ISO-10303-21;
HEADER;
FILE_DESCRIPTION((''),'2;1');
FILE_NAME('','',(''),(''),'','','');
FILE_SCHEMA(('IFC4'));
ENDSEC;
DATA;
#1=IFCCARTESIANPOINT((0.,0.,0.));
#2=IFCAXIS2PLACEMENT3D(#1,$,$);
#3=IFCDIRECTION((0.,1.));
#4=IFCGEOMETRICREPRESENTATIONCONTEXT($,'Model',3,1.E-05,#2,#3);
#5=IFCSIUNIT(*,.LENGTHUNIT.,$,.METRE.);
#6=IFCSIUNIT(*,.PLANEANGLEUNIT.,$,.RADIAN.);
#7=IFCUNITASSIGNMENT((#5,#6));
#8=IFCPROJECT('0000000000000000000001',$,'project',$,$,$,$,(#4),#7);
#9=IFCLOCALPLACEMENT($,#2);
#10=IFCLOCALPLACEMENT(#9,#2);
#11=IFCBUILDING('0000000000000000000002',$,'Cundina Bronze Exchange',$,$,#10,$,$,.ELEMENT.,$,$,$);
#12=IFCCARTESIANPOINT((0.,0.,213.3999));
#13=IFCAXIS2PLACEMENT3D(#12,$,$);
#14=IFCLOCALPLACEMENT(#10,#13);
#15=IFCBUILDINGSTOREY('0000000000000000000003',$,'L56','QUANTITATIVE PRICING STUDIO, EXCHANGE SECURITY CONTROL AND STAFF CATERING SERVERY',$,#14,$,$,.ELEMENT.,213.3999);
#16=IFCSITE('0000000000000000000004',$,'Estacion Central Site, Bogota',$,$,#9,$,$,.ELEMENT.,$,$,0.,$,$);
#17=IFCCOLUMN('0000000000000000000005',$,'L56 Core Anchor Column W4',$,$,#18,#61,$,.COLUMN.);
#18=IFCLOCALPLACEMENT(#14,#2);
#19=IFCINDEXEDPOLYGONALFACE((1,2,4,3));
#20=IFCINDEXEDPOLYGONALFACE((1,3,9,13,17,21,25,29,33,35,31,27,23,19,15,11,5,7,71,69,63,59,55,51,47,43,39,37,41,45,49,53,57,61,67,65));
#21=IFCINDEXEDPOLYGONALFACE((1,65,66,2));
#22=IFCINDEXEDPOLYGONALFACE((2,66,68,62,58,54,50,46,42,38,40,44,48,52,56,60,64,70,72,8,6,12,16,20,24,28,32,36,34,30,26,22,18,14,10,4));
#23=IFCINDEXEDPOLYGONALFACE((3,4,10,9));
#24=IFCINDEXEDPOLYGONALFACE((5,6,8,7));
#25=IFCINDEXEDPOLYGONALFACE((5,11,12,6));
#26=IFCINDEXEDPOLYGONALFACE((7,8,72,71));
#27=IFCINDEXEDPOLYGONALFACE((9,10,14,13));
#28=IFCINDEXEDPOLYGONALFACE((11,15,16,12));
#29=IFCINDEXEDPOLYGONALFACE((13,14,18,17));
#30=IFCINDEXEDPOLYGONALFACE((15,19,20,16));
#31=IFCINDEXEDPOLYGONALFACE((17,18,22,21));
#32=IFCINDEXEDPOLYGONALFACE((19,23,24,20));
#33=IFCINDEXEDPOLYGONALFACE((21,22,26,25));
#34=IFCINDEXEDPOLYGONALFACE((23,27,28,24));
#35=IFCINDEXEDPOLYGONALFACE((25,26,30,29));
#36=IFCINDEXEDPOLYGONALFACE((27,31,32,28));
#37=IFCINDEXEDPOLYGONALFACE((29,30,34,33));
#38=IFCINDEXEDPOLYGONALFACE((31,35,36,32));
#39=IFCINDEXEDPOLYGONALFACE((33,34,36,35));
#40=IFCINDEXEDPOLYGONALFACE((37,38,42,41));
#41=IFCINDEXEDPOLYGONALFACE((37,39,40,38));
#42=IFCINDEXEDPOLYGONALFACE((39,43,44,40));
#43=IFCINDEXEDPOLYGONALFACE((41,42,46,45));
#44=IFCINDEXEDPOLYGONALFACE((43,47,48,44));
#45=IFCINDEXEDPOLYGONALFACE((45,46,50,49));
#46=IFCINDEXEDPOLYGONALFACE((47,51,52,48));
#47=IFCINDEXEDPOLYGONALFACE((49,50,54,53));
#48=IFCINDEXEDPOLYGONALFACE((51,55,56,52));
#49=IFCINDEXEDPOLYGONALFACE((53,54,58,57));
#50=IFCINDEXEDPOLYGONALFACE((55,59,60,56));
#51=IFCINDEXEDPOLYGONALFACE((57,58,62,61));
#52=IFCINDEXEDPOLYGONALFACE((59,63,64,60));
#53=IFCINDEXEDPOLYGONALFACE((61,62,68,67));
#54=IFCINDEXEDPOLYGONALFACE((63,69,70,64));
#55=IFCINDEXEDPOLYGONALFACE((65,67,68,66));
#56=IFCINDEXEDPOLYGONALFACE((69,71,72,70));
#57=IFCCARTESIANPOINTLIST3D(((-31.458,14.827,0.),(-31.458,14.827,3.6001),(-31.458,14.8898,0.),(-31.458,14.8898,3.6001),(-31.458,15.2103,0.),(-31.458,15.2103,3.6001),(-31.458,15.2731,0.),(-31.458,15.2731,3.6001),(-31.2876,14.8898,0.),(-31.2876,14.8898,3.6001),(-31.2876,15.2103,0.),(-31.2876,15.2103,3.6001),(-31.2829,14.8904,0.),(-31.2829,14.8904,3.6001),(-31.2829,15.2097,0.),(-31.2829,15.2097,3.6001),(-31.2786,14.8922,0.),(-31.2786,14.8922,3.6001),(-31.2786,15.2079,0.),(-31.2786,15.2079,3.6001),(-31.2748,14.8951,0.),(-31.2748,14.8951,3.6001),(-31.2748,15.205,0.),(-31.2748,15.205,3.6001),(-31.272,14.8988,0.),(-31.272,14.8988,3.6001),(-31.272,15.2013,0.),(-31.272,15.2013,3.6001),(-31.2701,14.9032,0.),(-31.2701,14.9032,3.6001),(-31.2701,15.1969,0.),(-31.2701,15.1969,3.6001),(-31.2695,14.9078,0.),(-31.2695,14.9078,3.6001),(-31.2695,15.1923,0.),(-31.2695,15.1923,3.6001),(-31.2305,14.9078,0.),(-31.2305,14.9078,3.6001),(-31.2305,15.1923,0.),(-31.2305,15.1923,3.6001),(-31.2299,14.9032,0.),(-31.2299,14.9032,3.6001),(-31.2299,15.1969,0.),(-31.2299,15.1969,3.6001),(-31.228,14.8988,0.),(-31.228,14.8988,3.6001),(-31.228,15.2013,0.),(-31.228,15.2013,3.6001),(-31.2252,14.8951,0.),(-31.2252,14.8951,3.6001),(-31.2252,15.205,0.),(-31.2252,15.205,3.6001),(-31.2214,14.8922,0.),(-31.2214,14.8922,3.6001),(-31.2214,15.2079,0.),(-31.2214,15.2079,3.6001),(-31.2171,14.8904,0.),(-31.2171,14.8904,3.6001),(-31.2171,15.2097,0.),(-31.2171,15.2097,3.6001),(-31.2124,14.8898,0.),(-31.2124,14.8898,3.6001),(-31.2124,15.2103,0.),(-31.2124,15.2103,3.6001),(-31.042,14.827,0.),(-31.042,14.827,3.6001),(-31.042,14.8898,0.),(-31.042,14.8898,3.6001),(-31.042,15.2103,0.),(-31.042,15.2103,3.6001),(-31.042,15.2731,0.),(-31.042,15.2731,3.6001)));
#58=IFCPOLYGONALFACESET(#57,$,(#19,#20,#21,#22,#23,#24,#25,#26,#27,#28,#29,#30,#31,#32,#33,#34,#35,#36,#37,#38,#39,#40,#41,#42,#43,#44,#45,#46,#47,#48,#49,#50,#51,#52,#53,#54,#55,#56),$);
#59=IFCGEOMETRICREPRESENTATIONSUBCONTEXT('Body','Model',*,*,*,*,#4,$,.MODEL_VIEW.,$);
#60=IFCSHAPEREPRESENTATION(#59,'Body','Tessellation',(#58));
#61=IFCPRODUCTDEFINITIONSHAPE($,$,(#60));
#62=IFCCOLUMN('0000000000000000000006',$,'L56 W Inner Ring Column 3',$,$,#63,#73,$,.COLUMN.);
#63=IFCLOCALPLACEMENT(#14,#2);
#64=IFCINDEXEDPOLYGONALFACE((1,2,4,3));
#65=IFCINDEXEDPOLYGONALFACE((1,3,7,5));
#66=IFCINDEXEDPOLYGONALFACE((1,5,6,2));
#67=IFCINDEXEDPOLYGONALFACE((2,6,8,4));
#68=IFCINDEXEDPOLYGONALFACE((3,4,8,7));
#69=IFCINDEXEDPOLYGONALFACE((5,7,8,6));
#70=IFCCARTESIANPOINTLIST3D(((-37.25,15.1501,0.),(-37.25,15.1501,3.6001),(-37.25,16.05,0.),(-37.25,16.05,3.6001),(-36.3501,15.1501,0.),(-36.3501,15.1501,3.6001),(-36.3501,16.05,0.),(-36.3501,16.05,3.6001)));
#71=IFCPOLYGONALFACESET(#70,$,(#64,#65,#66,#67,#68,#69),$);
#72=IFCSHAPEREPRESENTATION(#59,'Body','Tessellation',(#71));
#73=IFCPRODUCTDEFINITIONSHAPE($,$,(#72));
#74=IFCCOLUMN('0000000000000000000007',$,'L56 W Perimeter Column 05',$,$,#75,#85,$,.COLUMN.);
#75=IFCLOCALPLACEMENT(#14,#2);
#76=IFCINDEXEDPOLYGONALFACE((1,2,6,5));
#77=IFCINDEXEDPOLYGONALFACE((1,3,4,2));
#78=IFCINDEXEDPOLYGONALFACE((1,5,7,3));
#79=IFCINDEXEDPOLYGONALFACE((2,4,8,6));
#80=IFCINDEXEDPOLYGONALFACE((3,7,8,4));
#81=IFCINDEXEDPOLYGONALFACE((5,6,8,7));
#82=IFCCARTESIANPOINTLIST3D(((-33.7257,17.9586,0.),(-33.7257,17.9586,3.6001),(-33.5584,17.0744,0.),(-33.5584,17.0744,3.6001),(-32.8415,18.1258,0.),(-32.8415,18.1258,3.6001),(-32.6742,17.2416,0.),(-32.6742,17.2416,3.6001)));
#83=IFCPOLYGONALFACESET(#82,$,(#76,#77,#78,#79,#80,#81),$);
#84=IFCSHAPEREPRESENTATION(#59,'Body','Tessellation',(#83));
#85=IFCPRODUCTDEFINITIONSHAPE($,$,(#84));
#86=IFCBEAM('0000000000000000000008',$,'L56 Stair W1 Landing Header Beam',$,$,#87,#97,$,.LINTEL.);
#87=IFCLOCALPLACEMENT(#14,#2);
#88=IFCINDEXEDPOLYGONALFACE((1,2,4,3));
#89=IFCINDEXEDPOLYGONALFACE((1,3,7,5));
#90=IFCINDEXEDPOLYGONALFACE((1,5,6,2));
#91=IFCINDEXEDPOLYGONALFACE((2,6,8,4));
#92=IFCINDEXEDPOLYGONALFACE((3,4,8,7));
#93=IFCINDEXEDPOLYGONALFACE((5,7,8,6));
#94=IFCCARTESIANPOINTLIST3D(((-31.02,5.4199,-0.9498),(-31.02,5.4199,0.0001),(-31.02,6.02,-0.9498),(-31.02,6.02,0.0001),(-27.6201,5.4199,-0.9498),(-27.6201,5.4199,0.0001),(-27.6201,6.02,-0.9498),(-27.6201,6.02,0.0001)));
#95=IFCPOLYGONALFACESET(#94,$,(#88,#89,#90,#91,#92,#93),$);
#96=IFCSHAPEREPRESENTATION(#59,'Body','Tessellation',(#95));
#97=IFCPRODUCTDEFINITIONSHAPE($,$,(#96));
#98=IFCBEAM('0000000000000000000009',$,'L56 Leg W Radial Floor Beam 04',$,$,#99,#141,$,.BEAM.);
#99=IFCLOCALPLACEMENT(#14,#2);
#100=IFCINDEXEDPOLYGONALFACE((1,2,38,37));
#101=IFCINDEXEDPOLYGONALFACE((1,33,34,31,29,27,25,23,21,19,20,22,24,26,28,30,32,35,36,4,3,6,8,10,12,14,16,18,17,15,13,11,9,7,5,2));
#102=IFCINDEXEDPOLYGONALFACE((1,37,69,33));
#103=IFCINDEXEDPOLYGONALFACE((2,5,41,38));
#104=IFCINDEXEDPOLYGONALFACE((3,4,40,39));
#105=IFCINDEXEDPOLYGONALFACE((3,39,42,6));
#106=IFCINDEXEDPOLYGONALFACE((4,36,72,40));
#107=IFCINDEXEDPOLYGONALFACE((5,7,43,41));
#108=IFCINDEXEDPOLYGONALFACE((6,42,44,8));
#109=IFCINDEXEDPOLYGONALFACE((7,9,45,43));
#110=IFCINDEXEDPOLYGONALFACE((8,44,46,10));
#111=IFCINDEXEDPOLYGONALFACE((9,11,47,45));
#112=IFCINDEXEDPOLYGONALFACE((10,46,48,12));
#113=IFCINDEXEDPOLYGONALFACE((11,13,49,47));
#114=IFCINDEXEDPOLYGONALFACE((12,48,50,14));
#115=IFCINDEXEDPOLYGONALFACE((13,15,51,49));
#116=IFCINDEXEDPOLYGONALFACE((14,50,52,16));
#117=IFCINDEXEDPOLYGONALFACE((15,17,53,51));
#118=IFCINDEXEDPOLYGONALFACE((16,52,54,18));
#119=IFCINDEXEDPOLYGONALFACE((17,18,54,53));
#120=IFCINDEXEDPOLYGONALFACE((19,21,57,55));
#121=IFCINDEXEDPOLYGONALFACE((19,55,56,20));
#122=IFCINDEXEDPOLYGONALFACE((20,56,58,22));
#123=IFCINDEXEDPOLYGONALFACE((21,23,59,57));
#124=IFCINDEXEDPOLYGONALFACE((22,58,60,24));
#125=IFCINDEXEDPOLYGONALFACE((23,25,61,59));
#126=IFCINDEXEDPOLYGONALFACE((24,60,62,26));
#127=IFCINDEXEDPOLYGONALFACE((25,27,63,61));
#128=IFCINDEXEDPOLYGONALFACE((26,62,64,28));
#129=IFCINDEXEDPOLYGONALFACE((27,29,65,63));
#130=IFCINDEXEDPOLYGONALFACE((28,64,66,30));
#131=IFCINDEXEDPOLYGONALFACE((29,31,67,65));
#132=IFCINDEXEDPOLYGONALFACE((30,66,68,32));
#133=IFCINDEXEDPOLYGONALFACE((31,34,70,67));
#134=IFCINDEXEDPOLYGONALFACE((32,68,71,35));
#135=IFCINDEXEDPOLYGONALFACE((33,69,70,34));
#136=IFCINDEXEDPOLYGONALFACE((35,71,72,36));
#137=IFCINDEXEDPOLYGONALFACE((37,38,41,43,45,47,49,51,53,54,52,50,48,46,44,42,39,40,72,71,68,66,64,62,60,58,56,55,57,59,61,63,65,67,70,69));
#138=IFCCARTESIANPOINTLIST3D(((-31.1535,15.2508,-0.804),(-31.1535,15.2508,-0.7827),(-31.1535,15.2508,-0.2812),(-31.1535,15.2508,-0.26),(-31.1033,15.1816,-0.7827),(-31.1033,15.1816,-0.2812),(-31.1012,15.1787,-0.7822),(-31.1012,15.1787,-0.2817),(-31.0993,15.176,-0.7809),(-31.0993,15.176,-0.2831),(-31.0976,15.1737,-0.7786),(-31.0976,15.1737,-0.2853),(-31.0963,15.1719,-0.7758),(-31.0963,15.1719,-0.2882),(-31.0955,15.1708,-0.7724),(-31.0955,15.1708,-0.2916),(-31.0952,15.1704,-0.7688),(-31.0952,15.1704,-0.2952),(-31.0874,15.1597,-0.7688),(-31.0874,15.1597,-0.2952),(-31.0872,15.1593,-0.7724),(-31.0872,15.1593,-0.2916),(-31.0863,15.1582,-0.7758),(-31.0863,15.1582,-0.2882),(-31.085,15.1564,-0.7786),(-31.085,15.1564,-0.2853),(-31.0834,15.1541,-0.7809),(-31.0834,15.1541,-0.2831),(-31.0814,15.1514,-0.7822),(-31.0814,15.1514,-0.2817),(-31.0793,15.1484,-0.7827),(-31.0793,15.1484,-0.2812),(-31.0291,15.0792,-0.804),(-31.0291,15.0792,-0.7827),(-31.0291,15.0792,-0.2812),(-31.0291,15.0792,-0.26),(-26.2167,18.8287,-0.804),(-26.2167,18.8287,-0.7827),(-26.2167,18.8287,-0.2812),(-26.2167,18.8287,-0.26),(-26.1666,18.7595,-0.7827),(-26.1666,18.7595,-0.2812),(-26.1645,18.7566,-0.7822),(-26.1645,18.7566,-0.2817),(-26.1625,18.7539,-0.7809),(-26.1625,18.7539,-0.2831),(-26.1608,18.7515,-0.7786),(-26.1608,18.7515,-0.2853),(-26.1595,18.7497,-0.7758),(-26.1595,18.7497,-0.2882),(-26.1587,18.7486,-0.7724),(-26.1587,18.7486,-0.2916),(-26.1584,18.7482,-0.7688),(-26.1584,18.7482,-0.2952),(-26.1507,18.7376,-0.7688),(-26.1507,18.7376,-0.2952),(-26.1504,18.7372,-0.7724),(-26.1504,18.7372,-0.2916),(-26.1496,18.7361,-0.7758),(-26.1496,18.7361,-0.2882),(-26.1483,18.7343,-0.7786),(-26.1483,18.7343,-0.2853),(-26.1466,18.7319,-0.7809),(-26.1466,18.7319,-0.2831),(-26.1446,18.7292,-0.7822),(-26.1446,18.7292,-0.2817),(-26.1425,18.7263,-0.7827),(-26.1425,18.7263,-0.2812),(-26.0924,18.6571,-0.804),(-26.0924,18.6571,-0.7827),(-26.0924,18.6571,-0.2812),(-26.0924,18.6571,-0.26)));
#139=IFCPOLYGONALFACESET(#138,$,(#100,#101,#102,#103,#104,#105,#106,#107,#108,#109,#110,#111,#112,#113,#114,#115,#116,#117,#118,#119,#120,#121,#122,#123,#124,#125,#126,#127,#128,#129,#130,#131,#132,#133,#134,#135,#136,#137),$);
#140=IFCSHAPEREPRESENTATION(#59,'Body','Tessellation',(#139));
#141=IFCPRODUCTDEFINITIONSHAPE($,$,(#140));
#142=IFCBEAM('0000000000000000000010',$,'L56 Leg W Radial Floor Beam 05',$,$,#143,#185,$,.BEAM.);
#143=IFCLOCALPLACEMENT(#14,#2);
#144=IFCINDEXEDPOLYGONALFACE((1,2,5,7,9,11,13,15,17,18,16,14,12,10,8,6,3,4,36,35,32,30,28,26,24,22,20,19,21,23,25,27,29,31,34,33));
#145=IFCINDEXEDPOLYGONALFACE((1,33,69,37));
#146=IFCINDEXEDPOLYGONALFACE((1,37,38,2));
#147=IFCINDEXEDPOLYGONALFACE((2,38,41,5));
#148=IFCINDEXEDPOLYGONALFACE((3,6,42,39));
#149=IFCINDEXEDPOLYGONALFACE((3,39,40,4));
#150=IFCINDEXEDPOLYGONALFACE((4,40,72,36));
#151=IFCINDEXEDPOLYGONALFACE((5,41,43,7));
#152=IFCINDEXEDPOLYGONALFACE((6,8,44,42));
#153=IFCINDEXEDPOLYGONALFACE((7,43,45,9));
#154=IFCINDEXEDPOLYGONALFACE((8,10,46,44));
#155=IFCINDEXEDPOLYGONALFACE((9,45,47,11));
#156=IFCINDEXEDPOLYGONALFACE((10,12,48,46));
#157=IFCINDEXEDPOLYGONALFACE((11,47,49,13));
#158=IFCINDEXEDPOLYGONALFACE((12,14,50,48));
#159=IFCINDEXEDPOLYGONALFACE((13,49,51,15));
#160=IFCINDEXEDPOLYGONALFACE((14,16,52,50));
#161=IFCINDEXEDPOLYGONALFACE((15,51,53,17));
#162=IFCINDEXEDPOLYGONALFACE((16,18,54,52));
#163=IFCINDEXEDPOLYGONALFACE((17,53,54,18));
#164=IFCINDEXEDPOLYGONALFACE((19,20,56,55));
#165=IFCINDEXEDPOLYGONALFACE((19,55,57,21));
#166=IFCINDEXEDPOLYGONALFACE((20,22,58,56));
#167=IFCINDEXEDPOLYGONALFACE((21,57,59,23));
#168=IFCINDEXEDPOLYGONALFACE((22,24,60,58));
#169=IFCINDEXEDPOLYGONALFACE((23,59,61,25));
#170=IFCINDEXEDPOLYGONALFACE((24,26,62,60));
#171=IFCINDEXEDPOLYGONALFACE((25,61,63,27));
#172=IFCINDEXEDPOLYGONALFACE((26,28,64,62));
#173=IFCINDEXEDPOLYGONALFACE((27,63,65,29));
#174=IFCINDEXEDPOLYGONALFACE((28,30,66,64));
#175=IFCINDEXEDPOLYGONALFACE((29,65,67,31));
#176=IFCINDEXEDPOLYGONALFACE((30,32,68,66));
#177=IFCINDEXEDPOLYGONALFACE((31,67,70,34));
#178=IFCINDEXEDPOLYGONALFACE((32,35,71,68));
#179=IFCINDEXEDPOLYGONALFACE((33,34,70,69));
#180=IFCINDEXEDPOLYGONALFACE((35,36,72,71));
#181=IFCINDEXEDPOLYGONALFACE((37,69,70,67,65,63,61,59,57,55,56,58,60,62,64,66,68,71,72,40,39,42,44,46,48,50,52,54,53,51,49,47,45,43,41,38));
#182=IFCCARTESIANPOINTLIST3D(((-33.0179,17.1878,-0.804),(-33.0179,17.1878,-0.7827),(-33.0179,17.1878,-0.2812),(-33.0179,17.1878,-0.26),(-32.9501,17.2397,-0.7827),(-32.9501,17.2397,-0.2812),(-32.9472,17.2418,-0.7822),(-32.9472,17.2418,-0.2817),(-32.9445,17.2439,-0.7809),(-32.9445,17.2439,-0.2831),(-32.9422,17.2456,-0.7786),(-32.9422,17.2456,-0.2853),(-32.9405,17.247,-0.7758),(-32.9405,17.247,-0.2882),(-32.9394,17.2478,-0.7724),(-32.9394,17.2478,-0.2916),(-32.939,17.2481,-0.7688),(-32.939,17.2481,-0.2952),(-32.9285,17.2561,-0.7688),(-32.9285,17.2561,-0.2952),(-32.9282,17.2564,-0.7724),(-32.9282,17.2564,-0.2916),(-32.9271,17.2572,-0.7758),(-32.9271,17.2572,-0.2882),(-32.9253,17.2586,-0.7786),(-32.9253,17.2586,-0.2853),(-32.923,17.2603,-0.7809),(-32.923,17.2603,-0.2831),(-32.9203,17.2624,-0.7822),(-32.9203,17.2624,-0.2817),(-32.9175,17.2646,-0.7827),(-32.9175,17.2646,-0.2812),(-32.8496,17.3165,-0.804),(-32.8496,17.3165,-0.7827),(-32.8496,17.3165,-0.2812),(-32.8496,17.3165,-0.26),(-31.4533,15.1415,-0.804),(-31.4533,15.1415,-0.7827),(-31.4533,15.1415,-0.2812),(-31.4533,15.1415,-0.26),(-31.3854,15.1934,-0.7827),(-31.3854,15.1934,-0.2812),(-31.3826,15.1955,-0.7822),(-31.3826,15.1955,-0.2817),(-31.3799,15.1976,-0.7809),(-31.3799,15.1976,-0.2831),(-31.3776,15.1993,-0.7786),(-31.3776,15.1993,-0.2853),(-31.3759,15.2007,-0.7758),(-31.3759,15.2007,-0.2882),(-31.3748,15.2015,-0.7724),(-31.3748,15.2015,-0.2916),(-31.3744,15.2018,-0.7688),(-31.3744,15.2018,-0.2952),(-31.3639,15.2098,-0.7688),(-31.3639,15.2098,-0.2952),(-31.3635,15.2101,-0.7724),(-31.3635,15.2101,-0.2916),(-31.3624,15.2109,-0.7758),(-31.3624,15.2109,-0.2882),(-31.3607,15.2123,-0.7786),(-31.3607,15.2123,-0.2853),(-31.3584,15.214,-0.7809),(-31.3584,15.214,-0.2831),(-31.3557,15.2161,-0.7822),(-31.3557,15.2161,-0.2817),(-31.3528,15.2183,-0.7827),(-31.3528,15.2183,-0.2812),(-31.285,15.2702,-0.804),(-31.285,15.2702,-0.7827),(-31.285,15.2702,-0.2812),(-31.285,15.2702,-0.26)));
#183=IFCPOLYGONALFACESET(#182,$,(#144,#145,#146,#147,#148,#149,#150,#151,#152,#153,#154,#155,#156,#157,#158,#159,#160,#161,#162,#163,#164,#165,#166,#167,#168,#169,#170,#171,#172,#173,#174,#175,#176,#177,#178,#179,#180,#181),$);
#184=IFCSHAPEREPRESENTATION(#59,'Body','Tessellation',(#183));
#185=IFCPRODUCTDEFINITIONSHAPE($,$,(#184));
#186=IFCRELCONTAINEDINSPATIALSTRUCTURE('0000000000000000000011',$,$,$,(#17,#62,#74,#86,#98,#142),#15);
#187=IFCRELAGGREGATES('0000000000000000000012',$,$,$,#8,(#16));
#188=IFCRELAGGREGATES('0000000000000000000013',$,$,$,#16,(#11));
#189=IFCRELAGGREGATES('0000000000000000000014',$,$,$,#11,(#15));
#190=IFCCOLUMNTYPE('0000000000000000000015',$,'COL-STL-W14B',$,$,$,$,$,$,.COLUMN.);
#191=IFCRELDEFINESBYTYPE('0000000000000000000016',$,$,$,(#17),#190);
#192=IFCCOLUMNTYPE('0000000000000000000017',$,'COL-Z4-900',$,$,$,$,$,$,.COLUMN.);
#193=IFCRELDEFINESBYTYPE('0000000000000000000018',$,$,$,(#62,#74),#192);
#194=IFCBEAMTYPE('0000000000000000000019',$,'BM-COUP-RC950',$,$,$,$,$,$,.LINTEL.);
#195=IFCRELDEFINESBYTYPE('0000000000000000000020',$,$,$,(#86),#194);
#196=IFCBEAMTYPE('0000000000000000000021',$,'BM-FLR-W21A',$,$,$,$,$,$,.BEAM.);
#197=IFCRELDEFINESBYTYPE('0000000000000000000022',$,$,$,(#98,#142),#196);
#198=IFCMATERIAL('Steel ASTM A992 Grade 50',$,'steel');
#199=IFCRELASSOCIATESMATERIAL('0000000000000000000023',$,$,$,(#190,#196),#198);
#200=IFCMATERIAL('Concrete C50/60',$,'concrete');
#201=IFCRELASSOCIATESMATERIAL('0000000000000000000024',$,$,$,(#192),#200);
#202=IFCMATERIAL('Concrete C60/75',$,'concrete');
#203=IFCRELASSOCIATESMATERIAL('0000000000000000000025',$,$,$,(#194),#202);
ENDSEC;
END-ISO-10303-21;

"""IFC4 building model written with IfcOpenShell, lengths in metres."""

from ifc_helpers import new_model, si_unit, direction, frame, origin, origin_2d, place, context, subcontext, project, spatial, rectangle, i_section, extrude, material, material_profile, profile_set, type_object, element, save


model = new_model("IFC4")

# Units and contexts
model_context = context("Model", 3, precision=1e-05, world=origin(), true_north=direction((0.0, 1.0)))
body_context = subcontext(model_context, "Body", "Model", "MODEL_VIEW")
ifc_project = project(units=[si_unit("LENGTHUNIT", "METRE"), si_unit("PLANEANGLEUNIT", "RADIAN")], contexts=[model_context])

# Site, building, storey
site_placement = place(None, origin())
site = spatial("IfcSite", under=ifc_project, at=site_placement, Name="Estacion Central Site, Bogota", CompositionType="ELEMENT", RefElevation=0.0)
building_placement = place(site_placement, origin())
building = spatial("IfcBuilding", under=site, at=building_placement, Name="Cundina Bronze Exchange", CompositionType="ELEMENT")
storey_placement = place(building_placement, frame((0.0, 0.0, 213.3999)))
storey = spatial("IfcBuildingStorey", under=building, at=storey_placement, Name="L56", Description="QUANTITATIVE PRICING STUDIO, EXCHANGE SECURITY CONTROL AND STAFF CATERING SERVERY", CompositionType="ELEMENT", Elevation=213.3999)

# Columns
ifc_material_1 = material(Name="Steel ASTM A992 Grade 50", Category="steel")
ifc_material_profile_1 = material_profile(ifc_material_1, i_section(OverallWidth=0.416, OverallDepth=0.446, WebThickness=0.0391, FlangeThickness=0.0627, FilletRadius=0.0181, at=origin_2d()), Name="W14X342", Category="steel")
ifc_profile_set_1 = profile_set([ifc_material_profile_1], Name="Steel ASTM A992 Grade 50")
column_type_1 = type_object("IfcColumnType", Name="COL-STL-W14B", PredefinedType="COLUMN", material=ifc_profile_set_1)
column_placement = place(storey_placement, frame((-31.25, 15.05, 0.0), z_axis=(0.0, 0.0, 1.0), x_axis=(1.0, 0.0, 0.0)))
element("IfcColumn", 1, at=column_placement, inside=storey, type_object=column_type_1, Name="L56 Core Anchor Column W4", PredefinedType="COLUMN", context=body_context, shape_type="SweptSolid", body=[
    extrude(i_section(OverallWidth=0.416, OverallDepth=0.446, WebThickness=0.0391, FlangeThickness=0.0627, FilletRadius=0.0181, at=origin_2d()), origin(), (0.0, 0.0, 1.0), 3.6001),
])
ifc_material_2 = material(Name="Concrete C50/60", Category="concrete")
ifc_material_profile_2 = material_profile(ifc_material_2, rectangle(XDim=0.8999, YDim=0.8999, at=origin_2d()), Name="RC900X900", Category="concrete")
ifc_profile_set_2 = profile_set([ifc_material_profile_2], Name="Concrete C50/60")
column_type_2 = type_object("IfcColumnType", Name="COL-Z4-900", PredefinedType="COLUMN", material=ifc_profile_set_2)
for number, where, z_axis, x_axis, name in (
    (2, (-36.8, 15.6001, 0.0), (0.0, 0.0, 1.0), (1.0, 0.0, 0.0), "L56 W Inner Ring Column 3"),
    (3, (-33.2, 17.6001, 0.0), (0.0, 0.0, 1.0), (-0.98258, -0.185838, 0.0), "L56 W Perimeter Column 05"),
):
    element("IfcColumn", number, at=place(storey_placement, frame(where, z_axis=z_axis, x_axis=x_axis)), inside=storey, type_object=column_type_2, Name=name, PredefinedType="COLUMN", context=body_context, shape_type="SweptSolid", body=[
        extrude(rectangle(XDim=0.8999, YDim=0.8999, at=origin_2d()), origin(), (0.0, 0.0, 1.0), 3.6001),
    ])

# Beams
ifc_material_3 = material(Name="Concrete C60/75", Category="concrete")
ifc_material_profile_3 = material_profile(ifc_material_3, rectangle(XDim=0.6001, YDim=0.95, at=origin_2d()), Name="RC600X950", Category="concrete")
ifc_profile_set_3 = profile_set([ifc_material_profile_3], Name="Concrete C60/75")
beam_type_1 = type_object("IfcBeamType", Name="BM-COUP-RC950", PredefinedType="LINTEL", material=ifc_profile_set_3)
beam_1_placement = place(storey_placement, frame((-31.02, 5.72, -0.4749), z_axis=(1.0, 0.0, 0.0), x_axis=(0.0, 1.0, 0.0)))
element("IfcBeam", 4, at=beam_1_placement, inside=storey, type_object=beam_type_1, Name="L56 Stair W1 Landing Header Beam", PredefinedType="LINTEL", context=body_context, shape_type="SweptSolid", body=[
    extrude(rectangle(XDim=0.6001, YDim=0.95, at=origin_2d()), origin(), (0.0, 0.0, 1.0), 3.3999),
])
ifc_material_profile_4 = material_profile(ifc_material_1, i_section(OverallWidth=0.2119, OverallDepth=0.5439, WebThickness=0.0132, FlangeThickness=0.0212, FilletRadius=0.0139, at=origin_2d()), Name="W21X83", Category="steel")
ifc_profile_set_4 = profile_set([ifc_material_profile_4], Name="Steel ASTM A992 Grade 50")
beam_type_2 = type_object("IfcBeamType", Name="BM-FLR-W21A", PredefinedType="BEAM", material=ifc_profile_set_4)
beam_2_placement = place(storey_placement, frame((-31.0913, 15.165, -0.532), z_axis=(0.80971, 0.58683, 0.0), x_axis=(-0.58683, 0.80971, 0.0)))
element("IfcBeam", 5, at=beam_2_placement, inside=storey, type_object=beam_type_2, Name="L56 Leg W Radial Floor Beam 04", PredefinedType="BEAM", context=body_context, shape_type="SweptSolid", body=[
    extrude(i_section(OverallWidth=0.2119, OverallDepth=0.5439, WebThickness=0.0132, FlangeThickness=0.0212, FilletRadius=0.0139, at=origin_2d()), origin(), (0.0, 0.0, 1.0), 6.0969),
])
beam_3_placement = place(storey_placement, frame((-31.3691, 15.2058, -0.532), z_axis=(-0.607404, 0.794393, 0.0), x_axis=(-0.794393, -0.607404, 0.0)))
element("IfcBeam", 6, at=beam_3_placement, inside=storey, type_object=beam_type_2, Name="L56 Leg W Radial Floor Beam 05", PredefinedType="BEAM", context=body_context, shape_type="SweptSolid", body=[
    extrude(i_section(OverallWidth=0.2119, OverallDepth=0.5439, WebThickness=0.0132, FlangeThickness=0.0212, FilletRadius=0.0139, at=origin_2d()), origin(), (0.0, 0.0, 1.0), 2.5759),
])

save(model, "model.ifc")
